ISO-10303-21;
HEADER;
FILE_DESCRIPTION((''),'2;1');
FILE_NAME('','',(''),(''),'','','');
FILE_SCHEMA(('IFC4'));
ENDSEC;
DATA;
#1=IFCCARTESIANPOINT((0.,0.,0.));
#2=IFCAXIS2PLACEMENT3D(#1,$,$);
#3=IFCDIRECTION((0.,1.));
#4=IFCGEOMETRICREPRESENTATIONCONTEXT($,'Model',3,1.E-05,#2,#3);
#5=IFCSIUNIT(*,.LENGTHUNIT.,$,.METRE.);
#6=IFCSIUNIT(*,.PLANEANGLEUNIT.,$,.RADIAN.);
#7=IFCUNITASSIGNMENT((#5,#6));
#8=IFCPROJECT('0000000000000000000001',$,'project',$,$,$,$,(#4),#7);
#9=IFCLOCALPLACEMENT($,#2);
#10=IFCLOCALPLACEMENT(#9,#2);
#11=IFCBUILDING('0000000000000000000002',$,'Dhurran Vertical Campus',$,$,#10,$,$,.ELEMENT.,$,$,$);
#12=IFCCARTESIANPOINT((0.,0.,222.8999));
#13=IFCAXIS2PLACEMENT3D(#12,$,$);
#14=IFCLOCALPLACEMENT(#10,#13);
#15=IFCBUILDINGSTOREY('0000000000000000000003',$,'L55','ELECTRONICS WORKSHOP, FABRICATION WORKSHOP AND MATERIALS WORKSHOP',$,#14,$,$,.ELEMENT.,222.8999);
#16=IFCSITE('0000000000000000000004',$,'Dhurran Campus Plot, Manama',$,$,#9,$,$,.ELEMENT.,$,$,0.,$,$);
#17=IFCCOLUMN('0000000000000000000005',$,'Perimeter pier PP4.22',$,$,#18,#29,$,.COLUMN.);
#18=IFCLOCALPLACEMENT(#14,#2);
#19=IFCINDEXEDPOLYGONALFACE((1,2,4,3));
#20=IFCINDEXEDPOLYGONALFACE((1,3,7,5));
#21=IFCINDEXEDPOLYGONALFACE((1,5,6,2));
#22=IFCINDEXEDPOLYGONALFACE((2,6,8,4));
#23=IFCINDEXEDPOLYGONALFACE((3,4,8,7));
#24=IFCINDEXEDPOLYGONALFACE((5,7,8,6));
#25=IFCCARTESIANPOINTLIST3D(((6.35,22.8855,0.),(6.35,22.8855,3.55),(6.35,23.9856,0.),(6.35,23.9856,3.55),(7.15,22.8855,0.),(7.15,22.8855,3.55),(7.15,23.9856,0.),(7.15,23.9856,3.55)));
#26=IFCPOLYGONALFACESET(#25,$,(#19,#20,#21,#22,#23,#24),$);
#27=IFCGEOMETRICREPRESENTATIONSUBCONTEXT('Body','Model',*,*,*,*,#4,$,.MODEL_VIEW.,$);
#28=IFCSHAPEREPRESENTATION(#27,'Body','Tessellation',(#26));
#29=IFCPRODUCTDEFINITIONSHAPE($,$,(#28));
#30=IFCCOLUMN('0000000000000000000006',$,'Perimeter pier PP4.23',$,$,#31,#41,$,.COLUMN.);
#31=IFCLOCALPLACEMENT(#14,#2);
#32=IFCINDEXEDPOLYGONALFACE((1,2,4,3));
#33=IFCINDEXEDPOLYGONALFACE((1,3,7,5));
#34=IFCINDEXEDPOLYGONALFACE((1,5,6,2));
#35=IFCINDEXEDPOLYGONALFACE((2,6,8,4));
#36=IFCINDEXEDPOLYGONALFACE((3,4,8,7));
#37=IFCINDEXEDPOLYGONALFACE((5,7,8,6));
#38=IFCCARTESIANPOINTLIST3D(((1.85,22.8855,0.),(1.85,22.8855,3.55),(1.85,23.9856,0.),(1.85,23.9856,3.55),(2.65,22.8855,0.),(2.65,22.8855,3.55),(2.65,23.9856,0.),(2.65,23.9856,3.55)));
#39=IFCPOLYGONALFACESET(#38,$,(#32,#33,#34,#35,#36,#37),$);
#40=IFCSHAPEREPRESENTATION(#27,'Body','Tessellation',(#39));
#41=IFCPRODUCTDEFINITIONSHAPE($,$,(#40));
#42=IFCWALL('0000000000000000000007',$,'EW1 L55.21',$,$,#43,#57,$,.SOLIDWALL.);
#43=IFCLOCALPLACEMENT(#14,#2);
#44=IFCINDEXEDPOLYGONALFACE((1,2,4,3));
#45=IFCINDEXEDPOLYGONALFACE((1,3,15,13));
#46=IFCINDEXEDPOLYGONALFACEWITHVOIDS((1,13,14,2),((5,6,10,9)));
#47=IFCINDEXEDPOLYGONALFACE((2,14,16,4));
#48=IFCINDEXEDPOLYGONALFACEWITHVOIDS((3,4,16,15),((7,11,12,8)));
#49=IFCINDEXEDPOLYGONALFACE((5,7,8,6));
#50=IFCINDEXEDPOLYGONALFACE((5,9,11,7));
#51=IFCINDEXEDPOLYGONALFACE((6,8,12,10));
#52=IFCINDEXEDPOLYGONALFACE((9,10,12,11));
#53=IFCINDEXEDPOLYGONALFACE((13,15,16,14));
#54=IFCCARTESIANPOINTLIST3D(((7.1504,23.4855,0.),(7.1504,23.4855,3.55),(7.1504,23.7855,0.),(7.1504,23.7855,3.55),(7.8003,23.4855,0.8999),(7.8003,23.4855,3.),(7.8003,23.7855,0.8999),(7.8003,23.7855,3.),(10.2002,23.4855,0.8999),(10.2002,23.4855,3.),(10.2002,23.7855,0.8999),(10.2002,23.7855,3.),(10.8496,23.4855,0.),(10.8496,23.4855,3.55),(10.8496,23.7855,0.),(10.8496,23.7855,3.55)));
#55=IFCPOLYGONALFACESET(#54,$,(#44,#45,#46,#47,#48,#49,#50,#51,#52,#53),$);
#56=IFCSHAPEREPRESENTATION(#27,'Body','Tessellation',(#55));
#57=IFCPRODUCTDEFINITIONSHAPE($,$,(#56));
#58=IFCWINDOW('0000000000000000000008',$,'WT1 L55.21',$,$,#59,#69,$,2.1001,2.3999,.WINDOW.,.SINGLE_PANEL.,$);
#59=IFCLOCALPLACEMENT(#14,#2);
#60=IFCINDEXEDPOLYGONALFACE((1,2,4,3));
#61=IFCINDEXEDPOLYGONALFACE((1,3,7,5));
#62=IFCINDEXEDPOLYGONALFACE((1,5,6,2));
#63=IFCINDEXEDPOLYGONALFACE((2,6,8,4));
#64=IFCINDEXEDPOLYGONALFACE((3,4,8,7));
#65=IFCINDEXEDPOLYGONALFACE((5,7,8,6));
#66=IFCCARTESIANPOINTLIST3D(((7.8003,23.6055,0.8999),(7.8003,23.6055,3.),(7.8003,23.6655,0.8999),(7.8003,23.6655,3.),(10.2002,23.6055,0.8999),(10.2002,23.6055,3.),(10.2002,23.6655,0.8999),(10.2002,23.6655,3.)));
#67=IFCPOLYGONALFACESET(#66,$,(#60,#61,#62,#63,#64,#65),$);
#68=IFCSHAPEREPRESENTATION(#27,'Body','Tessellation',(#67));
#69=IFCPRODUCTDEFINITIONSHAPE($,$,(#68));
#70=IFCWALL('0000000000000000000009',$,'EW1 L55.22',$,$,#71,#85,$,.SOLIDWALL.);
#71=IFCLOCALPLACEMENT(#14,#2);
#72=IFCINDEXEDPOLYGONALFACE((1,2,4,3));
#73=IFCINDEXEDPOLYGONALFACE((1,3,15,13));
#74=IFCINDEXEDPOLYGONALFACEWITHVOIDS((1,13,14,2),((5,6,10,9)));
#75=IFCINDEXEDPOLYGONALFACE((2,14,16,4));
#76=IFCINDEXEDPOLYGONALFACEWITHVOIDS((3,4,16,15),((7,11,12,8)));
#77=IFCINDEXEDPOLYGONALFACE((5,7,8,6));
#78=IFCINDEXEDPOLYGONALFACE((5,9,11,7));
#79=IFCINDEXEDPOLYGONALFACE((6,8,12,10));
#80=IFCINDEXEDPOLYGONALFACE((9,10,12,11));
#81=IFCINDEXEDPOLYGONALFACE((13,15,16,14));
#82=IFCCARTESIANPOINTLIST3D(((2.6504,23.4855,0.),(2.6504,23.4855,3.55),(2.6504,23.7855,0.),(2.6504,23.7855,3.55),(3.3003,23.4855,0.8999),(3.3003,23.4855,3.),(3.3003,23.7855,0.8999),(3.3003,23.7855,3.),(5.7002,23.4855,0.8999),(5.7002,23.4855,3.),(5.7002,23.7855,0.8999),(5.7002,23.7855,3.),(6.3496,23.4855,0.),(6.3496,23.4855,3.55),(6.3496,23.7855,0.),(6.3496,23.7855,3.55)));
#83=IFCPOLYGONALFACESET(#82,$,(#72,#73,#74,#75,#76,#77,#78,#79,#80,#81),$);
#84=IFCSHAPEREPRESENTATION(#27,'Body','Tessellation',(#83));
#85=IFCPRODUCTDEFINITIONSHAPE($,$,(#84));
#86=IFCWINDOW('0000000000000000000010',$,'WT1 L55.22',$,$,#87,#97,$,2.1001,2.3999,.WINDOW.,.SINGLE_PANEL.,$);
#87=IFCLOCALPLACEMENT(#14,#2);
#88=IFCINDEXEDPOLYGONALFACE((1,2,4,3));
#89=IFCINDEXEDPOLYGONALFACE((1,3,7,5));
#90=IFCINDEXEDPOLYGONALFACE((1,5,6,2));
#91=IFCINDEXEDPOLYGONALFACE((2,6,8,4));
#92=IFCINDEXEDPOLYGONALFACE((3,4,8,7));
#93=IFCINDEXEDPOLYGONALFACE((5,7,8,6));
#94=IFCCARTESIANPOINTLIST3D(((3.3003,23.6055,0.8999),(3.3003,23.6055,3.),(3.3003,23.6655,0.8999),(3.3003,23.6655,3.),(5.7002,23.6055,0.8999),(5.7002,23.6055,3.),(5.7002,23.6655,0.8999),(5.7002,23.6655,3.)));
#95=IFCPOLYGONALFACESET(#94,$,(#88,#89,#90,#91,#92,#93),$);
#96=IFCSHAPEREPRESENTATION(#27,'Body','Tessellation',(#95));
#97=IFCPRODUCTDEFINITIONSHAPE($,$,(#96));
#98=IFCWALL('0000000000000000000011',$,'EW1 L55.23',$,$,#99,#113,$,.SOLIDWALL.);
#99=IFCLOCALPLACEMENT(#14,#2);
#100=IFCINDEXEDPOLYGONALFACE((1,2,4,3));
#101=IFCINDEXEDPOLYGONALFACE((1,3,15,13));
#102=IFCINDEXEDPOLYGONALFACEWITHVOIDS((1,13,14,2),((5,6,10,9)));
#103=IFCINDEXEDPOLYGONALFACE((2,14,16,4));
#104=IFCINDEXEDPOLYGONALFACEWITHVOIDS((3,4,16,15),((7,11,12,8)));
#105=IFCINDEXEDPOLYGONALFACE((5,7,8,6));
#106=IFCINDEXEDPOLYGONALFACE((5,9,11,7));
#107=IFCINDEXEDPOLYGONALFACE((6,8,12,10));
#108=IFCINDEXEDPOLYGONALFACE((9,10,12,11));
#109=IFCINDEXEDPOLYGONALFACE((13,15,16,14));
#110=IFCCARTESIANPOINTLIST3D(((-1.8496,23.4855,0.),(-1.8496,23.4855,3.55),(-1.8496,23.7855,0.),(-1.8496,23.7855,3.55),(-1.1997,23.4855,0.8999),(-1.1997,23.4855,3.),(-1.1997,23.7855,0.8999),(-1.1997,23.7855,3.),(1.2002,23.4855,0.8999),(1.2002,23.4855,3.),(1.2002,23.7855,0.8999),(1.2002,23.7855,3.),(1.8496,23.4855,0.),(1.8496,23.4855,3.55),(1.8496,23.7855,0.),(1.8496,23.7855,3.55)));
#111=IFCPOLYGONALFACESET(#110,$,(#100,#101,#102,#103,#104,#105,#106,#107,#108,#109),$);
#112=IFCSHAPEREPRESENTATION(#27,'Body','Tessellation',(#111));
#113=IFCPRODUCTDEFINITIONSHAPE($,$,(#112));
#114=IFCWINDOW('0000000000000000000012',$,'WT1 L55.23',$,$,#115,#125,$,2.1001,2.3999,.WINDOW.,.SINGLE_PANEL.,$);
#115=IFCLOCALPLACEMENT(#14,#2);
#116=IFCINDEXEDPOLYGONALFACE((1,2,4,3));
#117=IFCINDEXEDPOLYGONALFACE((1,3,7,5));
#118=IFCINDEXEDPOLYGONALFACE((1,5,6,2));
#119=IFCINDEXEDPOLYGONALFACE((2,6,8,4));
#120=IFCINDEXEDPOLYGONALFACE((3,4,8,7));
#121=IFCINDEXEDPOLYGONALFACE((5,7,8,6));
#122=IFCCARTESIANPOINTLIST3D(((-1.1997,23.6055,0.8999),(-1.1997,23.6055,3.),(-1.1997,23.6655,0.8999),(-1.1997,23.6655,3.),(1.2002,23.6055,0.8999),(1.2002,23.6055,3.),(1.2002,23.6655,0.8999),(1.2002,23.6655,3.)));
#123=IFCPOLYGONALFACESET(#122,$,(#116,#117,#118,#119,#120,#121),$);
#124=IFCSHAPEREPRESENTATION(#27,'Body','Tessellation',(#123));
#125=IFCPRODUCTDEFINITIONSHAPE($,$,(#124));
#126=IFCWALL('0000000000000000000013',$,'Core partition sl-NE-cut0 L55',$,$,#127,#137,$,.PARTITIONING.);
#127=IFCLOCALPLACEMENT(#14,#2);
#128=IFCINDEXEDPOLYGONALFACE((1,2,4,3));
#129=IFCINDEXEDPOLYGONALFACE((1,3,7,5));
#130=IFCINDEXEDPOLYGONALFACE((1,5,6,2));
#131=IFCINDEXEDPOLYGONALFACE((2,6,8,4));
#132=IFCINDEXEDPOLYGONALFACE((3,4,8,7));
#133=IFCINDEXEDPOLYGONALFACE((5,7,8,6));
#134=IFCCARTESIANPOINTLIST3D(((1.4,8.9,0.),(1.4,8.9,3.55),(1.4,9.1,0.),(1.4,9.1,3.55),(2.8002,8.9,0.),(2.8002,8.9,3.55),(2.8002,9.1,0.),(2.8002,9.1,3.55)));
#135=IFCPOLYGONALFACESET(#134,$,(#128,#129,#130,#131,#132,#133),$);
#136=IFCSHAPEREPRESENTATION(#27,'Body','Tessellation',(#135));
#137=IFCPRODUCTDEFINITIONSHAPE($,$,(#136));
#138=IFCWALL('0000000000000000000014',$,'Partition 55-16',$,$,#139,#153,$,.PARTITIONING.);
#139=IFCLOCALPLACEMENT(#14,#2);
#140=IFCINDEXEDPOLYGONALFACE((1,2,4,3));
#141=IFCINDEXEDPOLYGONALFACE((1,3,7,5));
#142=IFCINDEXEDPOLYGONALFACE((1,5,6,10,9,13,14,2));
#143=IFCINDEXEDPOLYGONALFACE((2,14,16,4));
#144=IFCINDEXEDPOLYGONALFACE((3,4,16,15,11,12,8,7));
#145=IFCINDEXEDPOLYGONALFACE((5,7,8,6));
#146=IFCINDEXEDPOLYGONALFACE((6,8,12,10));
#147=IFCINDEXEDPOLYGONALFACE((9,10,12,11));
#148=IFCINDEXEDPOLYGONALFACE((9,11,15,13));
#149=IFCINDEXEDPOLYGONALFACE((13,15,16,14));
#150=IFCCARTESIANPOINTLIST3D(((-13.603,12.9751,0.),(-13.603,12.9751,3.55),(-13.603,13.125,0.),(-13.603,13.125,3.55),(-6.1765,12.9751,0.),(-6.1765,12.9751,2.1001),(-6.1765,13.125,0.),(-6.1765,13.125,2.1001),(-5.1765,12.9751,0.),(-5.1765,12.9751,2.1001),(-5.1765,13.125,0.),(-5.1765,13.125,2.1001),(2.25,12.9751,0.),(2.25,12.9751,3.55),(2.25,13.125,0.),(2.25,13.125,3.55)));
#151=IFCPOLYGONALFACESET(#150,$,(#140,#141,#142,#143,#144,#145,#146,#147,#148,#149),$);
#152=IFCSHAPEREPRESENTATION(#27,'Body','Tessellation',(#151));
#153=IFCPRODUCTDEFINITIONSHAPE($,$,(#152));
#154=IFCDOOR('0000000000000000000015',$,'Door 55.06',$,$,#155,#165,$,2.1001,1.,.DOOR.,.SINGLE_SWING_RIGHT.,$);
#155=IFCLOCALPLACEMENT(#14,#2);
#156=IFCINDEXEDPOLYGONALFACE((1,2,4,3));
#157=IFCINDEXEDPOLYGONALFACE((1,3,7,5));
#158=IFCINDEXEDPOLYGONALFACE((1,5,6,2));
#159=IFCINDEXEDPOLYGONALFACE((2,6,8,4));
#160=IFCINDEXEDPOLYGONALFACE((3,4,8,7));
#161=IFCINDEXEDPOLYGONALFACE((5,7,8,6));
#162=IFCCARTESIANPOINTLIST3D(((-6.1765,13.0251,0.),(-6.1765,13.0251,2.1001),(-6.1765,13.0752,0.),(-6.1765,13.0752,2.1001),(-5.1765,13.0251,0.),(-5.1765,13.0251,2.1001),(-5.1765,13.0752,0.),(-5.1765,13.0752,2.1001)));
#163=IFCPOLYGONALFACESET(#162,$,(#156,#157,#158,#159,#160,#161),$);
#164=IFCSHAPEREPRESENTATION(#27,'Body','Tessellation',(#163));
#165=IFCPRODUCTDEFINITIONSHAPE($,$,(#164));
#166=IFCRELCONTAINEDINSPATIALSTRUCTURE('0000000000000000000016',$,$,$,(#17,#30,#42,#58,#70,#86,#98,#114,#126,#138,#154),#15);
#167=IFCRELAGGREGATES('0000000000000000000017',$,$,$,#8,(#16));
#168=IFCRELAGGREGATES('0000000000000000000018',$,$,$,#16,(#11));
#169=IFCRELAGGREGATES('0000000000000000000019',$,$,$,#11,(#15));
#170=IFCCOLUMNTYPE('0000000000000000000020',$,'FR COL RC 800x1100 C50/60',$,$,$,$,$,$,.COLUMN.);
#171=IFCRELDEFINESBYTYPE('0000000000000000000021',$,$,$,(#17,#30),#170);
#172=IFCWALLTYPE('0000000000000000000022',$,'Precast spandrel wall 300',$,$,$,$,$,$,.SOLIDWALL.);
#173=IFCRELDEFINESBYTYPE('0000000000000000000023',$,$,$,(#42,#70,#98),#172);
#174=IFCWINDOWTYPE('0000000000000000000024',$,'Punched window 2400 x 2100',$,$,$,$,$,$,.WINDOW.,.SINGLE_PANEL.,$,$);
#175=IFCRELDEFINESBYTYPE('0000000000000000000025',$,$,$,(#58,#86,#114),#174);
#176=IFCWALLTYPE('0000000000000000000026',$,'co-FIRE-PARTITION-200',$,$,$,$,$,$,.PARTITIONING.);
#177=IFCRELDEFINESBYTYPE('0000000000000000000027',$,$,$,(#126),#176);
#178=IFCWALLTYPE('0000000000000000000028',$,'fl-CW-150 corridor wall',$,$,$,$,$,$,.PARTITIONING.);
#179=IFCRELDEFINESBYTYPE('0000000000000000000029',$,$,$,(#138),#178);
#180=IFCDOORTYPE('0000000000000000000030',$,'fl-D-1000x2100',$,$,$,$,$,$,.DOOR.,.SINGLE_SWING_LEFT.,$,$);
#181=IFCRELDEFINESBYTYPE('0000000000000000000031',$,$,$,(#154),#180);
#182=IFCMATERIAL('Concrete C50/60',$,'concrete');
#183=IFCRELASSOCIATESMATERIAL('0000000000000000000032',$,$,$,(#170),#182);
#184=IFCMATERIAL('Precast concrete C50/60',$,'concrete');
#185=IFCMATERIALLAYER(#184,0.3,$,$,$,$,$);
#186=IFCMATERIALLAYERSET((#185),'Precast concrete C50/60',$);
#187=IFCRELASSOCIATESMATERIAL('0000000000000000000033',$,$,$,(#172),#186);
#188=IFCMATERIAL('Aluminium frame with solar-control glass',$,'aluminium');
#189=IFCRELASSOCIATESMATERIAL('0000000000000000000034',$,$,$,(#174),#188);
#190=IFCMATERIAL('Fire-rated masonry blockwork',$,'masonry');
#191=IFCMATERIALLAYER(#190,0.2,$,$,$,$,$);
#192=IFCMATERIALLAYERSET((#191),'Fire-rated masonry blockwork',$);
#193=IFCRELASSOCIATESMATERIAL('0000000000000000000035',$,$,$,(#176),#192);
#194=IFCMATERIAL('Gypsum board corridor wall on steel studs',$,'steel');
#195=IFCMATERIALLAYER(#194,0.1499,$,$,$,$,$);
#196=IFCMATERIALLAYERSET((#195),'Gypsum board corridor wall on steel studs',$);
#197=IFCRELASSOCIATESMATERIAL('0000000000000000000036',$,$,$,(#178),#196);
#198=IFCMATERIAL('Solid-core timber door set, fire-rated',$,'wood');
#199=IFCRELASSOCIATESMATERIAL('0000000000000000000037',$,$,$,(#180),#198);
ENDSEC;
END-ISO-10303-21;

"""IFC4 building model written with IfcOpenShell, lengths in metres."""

from ifc_helpers import new_model, si_unit, direction, frame, frame_2d, origin, origin_2d, place, context, subcontext, project, spatial, rectangle, extrude, material, layer, layer_set, material_profile, profile_set, type_object, element, fill, save


model = new_model("IFC4")

# Units and contexts
model_context = context("Model", 3, precision=1e-05, world=origin(), true_north=direction((0.0, 1.0)))
body_context = subcontext(model_context, "Body", "Model", "MODEL_VIEW")
ifc_project = project(units=[si_unit("LENGTHUNIT", "METRE"), si_unit("PLANEANGLEUNIT", "RADIAN")], contexts=[model_context])

# Site, building, storey
site_placement = place(None, origin())
site = spatial("IfcSite", under=ifc_project, at=site_placement, Name="Dhurran Campus Plot, Manama", CompositionType="ELEMENT", RefElevation=0.0)
building_placement = place(site_placement, origin())
building = spatial("IfcBuilding", under=site, at=building_placement, Name="Dhurran Vertical Campus", CompositionType="ELEMENT")
storey_placement = place(building_placement, frame((0.0, 0.0, 222.8999)))
storey = spatial("IfcBuildingStorey", under=building, at=storey_placement, Name="L55", Description="ELECTRONICS WORKSHOP, FABRICATION WORKSHOP AND MATERIALS WORKSHOP", CompositionType="ELEMENT", Elevation=222.8999)

# Columns
ifc_material_1 = material(Name="Concrete C50/60", Category="concrete")
ifc_material_profile = material_profile(ifc_material_1, rectangle(XDim=0.8, YDim=1.1001, at=origin_2d()), Name="RC 800x1100")
ifc_profile_set = profile_set([ifc_material_profile], Name="Concrete C50/60")
column_type = type_object("IfcColumnType", Name="FR COL RC 800x1100 C50/60", PredefinedType="COLUMN", material=ifc_profile_set)
for number, where, z_axis, x_axis, name in (
    (1, (6.75, 23.4355, 0.0), (0.0, 0.0, 1.0), (-1.0, 0.0, 0.0), "Perimeter pier PP4.22"),
    (2, (2.25, 23.4355, 0.0), (0.0, 0.0, 1.0), (-1.0, 0.0, 0.0), "Perimeter pier PP4.23"),
):
    element("IfcColumn", number, at=place(storey_placement, frame(where, z_axis=z_axis, x_axis=x_axis)), inside=storey, type_object=column_type, Name=name, PredefinedType="COLUMN", context=body_context, shape_type="SweptSolid", body=[
        extrude(rectangle(XDim=0.8, YDim=1.1001, at=origin_2d()), origin(), (0.0, 0.0, 1.0), 3.55),
    ])

# Walls, openings, windows
ifc_material_2 = material(Name="Precast concrete C50/60", Category="concrete")
ifc_layer_1 = layer(ifc_material_2, 0.3)
ifc_layer_set_1 = layer_set([ifc_layer_1], Name="Precast concrete C50/60")
wall_type_1 = type_object("IfcWallType", Name="Precast spandrel wall 300", PredefinedType="SOLIDWALL", material=ifc_layer_set_1)
wall_1_placement = place(storey_placement, frame((10.8496, 23.6355, 0.0), z_axis=(0.0, 0.0, 1.0), x_axis=(-1.0, 0.0, 0.0)))
wall_1 = element("IfcWall", 3, at=wall_1_placement, inside=storey, type_object=wall_type_1, Name="EW1 L55.21", PredefinedType="SOLIDWALL", context=body_context, shape_type="SweptSolid", body=[
    extrude(rectangle(XDim=3.6992, YDim=0.3, at=frame_2d((1.8496, 0.0))), origin(), (0.0, 0.0, 1.0), 3.55),
])
opening_1_placement = place(wall_1_placement, frame((0.6494, 0.0, 0.8999)))
opening_1 = element("IfcOpeningElement", 4, at=opening_1_placement, cuts=wall_1, PredefinedType="OPENING", context=body_context, shape_type="SweptSolid", body=[
    extrude(rectangle(XDim=2.3999, YDim=2.1001, at=frame_2d((1.2, 1.05))), frame((0.0, 0.1599, 0.0), z_axis=(0.0, -1.0, 0.0), x_axis=(1.0, 0.0, 0.0)), (0.0, 0.0, 1.0), 0.3201),
])
ifc_material_3 = material(Name="Aluminium frame with solar-control glass", Category="aluminium")
window_type = type_object("IfcWindowType", Name="Punched window 2400 x 2100", PartitioningType="SINGLE_PANEL", PredefinedType="WINDOW", material=ifc_material_3)
window_1_placement = place(opening_1_placement, origin())
window_1 = element("IfcWindow", 5, at=window_1_placement, inside=storey, type_object=window_type, Name="WT1 L55.21", OverallHeight=2.1001, OverallWidth=2.3999, PartitioningType="SINGLE_PANEL", PredefinedType="WINDOW", context=body_context, shape_type="SweptSolid", body=[
    extrude(rectangle(XDim=2.3999, YDim=2.1001, at=frame_2d((1.2, 1.05))), frame((0.0, 0.03, 0.0), z_axis=(0.0, -1.0, 0.0), x_axis=(1.0, 0.0, 0.0)), (0.0, 0.0, 1.0), 0.0601),
])
fill(opening_1, window_1)
wall_2_placement = place(storey_placement, frame((6.3496, 23.6355, 0.0), z_axis=(0.0, 0.0, 1.0), x_axis=(-1.0, 0.0, 0.0)))
wall_2 = element("IfcWall", 6, at=wall_2_placement, inside=storey, type_object=wall_type_1, Name="EW1 L55.22", PredefinedType="SOLIDWALL", context=body_context, shape_type="SweptSolid", body=[
    extrude(rectangle(XDim=3.6992, YDim=0.3, at=frame_2d((1.8496, 0.0))), origin(), (0.0, 0.0, 1.0), 3.55),
])
opening_2_placement = place(wall_2_placement, frame((0.6494, 0.0, 0.8999)))
opening_2 = element("IfcOpeningElement", 7, at=opening_2_placement, cuts=wall_2, PredefinedType="OPENING", context=body_context, shape_type="SweptSolid", body=[
    extrude(rectangle(XDim=2.3999, YDim=2.1001, at=frame_2d((1.2, 1.05))), frame((0.0, 0.1599, 0.0), z_axis=(0.0, -1.0, 0.0), x_axis=(1.0, 0.0, 0.0)), (0.0, 0.0, 1.0), 0.3201),
])
window_2_placement = place(opening_2_placement, origin())
window_2 = element("IfcWindow", 8, at=window_2_placement, inside=storey, type_object=window_type, Name="WT1 L55.22", OverallHeight=2.1001, OverallWidth=2.3999, PartitioningType="SINGLE_PANEL", PredefinedType="WINDOW", context=body_context, shape_type="SweptSolid", body=[
    extrude(rectangle(XDim=2.3999, YDim=2.1001, at=frame_2d((1.2, 1.05))), frame((0.0, 0.03, 0.0), z_axis=(0.0, -1.0, 0.0), x_axis=(1.0, 0.0, 0.0)), (0.0, 0.0, 1.0), 0.0601),
])
fill(opening_2, window_2)
wall_3_placement = place(storey_placement, frame((1.8496, 23.6355, 0.0), z_axis=(0.0, 0.0, 1.0), x_axis=(-1.0, 0.0, 0.0)))
wall_3 = element("IfcWall", 9, at=wall_3_placement, inside=storey, type_object=wall_type_1, Name="EW1 L55.23", PredefinedType="SOLIDWALL", context=body_context, shape_type="SweptSolid", body=[
    extrude(rectangle(XDim=3.6992, YDim=0.3, at=frame_2d((1.8496, 0.0))), origin(), (0.0, 0.0, 1.0), 3.55),
])
opening_3_placement = place(wall_3_placement, frame((0.6494, 0.0, 0.8999)))
opening_3 = element("IfcOpeningElement", 10, at=opening_3_placement, cuts=wall_3, PredefinedType="OPENING", context=body_context, shape_type="SweptSolid", body=[
    extrude(rectangle(XDim=2.3999, YDim=2.1001, at=frame_2d((1.2, 1.05))), frame((0.0, 0.1599, 0.0), z_axis=(0.0, -1.0, 0.0), x_axis=(1.0, 0.0, 0.0)), (0.0, 0.0, 1.0), 0.3201),
])
window_3_placement = place(opening_3_placement, origin())
window_3 = element("IfcWindow", 11, at=window_3_placement, inside=storey, type_object=window_type, Name="WT1 L55.23", OverallHeight=2.1001, OverallWidth=2.3999, PartitioningType="SINGLE_PANEL", PredefinedType="WINDOW", context=body_context, shape_type="SweptSolid", body=[
    extrude(rectangle(XDim=2.3999, YDim=2.1001, at=frame_2d((1.2, 1.05))), frame((0.0, 0.03, 0.0), z_axis=(0.0, -1.0, 0.0), x_axis=(1.0, 0.0, 0.0)), (0.0, 0.0, 1.0), 0.0601),
])
fill(opening_3, window_3)

# Wall
ifc_material_4 = material(Name="Fire-rated masonry blockwork", Category="masonry")
ifc_layer_2 = layer(ifc_material_4, 0.2)
ifc_layer_set_2 = layer_set([ifc_layer_2], Name="Fire-rated masonry blockwork")
wall_type_2 = type_object("IfcWallType", Name="co-FIRE-PARTITION-200", PredefinedType="PARTITIONING", material=ifc_layer_set_2)
wall_4_placement = place(storey_placement, frame((1.3999, 9.0, 0.0), z_axis=(0.0, 0.0, 1.0), x_axis=(1.0, 0.0, 0.0)))
element("IfcWall", 12, at=wall_4_placement, inside=storey, type_object=wall_type_2, Name="Core partition sl-NE-cut0 L55", PredefinedType="PARTITIONING", context=body_context, shape_type="SweptSolid", body=[
    extrude(rectangle(XDim=1.4001, YDim=0.2, at=frame_2d((0.7002, 0.0))), origin(), (0.0, 0.0, 1.0), 3.55),
])

# Wall, opening, door
ifc_material_5 = material(Name="Gypsum board corridor wall on steel studs", Category="steel")
ifc_layer_3 = layer(ifc_material_5, 0.1499)
ifc_layer_set_3 = layer_set([ifc_layer_3], Name="Gypsum board corridor wall on steel studs")
wall_type_3 = type_object("IfcWallType", Name="fl-CW-150 corridor wall", PredefinedType="PARTITIONING", material=ifc_layer_set_3)
wall_5_placement = place(storey_placement, frame((2.25, 13.05, 0.0), z_axis=(0.0, 0.0, 1.0), x_axis=(-1.0, 0.0, 0.0)))
wall_5 = element("IfcWall", 13, at=wall_5_placement, inside=storey, type_object=wall_type_3, Name="Partition 55-16", PredefinedType="PARTITIONING", context=body_context, shape_type="SweptSolid", body=[
    extrude(rectangle(XDim=15.853, YDim=0.1499, at=frame_2d((7.9265, 0.0))), origin(), (0.0, 0.0, 1.0), 3.55),
])
opening_4_placement = place(wall_5_placement, frame((7.4265, 0.0, 0.0)))
opening_4 = element("IfcOpeningElement", 14, at=opening_4_placement, cuts=wall_5, PredefinedType="OPENING", context=body_context, shape_type="SweptSolid", body=[
    extrude(rectangle(XDim=1.0, YDim=2.1001, at=frame_2d((0.5, 1.05))), frame((0.0, 0.085, 0.0), z_axis=(0.0, -1.0, 0.0), x_axis=(1.0, 0.0, 0.0)), (0.0, 0.0, 1.0), 0.1699),
])
ifc_material_6 = material(Name="Solid-core timber door set, fire-rated", Category="wood")
door_type = type_object("IfcDoorType", Name="fl-D-1000x2100", OperationType="SINGLE_SWING_LEFT", PredefinedType="DOOR", material=ifc_material_6)
door_placement = place(opening_4_placement, origin())
door = element("IfcDoor", 15, at=door_placement, inside=storey, type_object=door_type, Name="Door 55.06", OperationType="SINGLE_SWING_RIGHT", OverallHeight=2.1001, OverallWidth=1.0, PredefinedType="DOOR", context=body_context, shape_type="SweptSolid", body=[
    extrude(rectangle(XDim=1.0, YDim=2.1001, at=frame_2d((0.5, 1.05))), frame((0.0, 0.0249, 0.0), z_axis=(0.0, -1.0, 0.0), x_axis=(1.0, 0.0, 0.0)), (0.0, 0.0, 1.0), 0.05),
])
fill(opening_4, door)

save(model, "model.ifc")
